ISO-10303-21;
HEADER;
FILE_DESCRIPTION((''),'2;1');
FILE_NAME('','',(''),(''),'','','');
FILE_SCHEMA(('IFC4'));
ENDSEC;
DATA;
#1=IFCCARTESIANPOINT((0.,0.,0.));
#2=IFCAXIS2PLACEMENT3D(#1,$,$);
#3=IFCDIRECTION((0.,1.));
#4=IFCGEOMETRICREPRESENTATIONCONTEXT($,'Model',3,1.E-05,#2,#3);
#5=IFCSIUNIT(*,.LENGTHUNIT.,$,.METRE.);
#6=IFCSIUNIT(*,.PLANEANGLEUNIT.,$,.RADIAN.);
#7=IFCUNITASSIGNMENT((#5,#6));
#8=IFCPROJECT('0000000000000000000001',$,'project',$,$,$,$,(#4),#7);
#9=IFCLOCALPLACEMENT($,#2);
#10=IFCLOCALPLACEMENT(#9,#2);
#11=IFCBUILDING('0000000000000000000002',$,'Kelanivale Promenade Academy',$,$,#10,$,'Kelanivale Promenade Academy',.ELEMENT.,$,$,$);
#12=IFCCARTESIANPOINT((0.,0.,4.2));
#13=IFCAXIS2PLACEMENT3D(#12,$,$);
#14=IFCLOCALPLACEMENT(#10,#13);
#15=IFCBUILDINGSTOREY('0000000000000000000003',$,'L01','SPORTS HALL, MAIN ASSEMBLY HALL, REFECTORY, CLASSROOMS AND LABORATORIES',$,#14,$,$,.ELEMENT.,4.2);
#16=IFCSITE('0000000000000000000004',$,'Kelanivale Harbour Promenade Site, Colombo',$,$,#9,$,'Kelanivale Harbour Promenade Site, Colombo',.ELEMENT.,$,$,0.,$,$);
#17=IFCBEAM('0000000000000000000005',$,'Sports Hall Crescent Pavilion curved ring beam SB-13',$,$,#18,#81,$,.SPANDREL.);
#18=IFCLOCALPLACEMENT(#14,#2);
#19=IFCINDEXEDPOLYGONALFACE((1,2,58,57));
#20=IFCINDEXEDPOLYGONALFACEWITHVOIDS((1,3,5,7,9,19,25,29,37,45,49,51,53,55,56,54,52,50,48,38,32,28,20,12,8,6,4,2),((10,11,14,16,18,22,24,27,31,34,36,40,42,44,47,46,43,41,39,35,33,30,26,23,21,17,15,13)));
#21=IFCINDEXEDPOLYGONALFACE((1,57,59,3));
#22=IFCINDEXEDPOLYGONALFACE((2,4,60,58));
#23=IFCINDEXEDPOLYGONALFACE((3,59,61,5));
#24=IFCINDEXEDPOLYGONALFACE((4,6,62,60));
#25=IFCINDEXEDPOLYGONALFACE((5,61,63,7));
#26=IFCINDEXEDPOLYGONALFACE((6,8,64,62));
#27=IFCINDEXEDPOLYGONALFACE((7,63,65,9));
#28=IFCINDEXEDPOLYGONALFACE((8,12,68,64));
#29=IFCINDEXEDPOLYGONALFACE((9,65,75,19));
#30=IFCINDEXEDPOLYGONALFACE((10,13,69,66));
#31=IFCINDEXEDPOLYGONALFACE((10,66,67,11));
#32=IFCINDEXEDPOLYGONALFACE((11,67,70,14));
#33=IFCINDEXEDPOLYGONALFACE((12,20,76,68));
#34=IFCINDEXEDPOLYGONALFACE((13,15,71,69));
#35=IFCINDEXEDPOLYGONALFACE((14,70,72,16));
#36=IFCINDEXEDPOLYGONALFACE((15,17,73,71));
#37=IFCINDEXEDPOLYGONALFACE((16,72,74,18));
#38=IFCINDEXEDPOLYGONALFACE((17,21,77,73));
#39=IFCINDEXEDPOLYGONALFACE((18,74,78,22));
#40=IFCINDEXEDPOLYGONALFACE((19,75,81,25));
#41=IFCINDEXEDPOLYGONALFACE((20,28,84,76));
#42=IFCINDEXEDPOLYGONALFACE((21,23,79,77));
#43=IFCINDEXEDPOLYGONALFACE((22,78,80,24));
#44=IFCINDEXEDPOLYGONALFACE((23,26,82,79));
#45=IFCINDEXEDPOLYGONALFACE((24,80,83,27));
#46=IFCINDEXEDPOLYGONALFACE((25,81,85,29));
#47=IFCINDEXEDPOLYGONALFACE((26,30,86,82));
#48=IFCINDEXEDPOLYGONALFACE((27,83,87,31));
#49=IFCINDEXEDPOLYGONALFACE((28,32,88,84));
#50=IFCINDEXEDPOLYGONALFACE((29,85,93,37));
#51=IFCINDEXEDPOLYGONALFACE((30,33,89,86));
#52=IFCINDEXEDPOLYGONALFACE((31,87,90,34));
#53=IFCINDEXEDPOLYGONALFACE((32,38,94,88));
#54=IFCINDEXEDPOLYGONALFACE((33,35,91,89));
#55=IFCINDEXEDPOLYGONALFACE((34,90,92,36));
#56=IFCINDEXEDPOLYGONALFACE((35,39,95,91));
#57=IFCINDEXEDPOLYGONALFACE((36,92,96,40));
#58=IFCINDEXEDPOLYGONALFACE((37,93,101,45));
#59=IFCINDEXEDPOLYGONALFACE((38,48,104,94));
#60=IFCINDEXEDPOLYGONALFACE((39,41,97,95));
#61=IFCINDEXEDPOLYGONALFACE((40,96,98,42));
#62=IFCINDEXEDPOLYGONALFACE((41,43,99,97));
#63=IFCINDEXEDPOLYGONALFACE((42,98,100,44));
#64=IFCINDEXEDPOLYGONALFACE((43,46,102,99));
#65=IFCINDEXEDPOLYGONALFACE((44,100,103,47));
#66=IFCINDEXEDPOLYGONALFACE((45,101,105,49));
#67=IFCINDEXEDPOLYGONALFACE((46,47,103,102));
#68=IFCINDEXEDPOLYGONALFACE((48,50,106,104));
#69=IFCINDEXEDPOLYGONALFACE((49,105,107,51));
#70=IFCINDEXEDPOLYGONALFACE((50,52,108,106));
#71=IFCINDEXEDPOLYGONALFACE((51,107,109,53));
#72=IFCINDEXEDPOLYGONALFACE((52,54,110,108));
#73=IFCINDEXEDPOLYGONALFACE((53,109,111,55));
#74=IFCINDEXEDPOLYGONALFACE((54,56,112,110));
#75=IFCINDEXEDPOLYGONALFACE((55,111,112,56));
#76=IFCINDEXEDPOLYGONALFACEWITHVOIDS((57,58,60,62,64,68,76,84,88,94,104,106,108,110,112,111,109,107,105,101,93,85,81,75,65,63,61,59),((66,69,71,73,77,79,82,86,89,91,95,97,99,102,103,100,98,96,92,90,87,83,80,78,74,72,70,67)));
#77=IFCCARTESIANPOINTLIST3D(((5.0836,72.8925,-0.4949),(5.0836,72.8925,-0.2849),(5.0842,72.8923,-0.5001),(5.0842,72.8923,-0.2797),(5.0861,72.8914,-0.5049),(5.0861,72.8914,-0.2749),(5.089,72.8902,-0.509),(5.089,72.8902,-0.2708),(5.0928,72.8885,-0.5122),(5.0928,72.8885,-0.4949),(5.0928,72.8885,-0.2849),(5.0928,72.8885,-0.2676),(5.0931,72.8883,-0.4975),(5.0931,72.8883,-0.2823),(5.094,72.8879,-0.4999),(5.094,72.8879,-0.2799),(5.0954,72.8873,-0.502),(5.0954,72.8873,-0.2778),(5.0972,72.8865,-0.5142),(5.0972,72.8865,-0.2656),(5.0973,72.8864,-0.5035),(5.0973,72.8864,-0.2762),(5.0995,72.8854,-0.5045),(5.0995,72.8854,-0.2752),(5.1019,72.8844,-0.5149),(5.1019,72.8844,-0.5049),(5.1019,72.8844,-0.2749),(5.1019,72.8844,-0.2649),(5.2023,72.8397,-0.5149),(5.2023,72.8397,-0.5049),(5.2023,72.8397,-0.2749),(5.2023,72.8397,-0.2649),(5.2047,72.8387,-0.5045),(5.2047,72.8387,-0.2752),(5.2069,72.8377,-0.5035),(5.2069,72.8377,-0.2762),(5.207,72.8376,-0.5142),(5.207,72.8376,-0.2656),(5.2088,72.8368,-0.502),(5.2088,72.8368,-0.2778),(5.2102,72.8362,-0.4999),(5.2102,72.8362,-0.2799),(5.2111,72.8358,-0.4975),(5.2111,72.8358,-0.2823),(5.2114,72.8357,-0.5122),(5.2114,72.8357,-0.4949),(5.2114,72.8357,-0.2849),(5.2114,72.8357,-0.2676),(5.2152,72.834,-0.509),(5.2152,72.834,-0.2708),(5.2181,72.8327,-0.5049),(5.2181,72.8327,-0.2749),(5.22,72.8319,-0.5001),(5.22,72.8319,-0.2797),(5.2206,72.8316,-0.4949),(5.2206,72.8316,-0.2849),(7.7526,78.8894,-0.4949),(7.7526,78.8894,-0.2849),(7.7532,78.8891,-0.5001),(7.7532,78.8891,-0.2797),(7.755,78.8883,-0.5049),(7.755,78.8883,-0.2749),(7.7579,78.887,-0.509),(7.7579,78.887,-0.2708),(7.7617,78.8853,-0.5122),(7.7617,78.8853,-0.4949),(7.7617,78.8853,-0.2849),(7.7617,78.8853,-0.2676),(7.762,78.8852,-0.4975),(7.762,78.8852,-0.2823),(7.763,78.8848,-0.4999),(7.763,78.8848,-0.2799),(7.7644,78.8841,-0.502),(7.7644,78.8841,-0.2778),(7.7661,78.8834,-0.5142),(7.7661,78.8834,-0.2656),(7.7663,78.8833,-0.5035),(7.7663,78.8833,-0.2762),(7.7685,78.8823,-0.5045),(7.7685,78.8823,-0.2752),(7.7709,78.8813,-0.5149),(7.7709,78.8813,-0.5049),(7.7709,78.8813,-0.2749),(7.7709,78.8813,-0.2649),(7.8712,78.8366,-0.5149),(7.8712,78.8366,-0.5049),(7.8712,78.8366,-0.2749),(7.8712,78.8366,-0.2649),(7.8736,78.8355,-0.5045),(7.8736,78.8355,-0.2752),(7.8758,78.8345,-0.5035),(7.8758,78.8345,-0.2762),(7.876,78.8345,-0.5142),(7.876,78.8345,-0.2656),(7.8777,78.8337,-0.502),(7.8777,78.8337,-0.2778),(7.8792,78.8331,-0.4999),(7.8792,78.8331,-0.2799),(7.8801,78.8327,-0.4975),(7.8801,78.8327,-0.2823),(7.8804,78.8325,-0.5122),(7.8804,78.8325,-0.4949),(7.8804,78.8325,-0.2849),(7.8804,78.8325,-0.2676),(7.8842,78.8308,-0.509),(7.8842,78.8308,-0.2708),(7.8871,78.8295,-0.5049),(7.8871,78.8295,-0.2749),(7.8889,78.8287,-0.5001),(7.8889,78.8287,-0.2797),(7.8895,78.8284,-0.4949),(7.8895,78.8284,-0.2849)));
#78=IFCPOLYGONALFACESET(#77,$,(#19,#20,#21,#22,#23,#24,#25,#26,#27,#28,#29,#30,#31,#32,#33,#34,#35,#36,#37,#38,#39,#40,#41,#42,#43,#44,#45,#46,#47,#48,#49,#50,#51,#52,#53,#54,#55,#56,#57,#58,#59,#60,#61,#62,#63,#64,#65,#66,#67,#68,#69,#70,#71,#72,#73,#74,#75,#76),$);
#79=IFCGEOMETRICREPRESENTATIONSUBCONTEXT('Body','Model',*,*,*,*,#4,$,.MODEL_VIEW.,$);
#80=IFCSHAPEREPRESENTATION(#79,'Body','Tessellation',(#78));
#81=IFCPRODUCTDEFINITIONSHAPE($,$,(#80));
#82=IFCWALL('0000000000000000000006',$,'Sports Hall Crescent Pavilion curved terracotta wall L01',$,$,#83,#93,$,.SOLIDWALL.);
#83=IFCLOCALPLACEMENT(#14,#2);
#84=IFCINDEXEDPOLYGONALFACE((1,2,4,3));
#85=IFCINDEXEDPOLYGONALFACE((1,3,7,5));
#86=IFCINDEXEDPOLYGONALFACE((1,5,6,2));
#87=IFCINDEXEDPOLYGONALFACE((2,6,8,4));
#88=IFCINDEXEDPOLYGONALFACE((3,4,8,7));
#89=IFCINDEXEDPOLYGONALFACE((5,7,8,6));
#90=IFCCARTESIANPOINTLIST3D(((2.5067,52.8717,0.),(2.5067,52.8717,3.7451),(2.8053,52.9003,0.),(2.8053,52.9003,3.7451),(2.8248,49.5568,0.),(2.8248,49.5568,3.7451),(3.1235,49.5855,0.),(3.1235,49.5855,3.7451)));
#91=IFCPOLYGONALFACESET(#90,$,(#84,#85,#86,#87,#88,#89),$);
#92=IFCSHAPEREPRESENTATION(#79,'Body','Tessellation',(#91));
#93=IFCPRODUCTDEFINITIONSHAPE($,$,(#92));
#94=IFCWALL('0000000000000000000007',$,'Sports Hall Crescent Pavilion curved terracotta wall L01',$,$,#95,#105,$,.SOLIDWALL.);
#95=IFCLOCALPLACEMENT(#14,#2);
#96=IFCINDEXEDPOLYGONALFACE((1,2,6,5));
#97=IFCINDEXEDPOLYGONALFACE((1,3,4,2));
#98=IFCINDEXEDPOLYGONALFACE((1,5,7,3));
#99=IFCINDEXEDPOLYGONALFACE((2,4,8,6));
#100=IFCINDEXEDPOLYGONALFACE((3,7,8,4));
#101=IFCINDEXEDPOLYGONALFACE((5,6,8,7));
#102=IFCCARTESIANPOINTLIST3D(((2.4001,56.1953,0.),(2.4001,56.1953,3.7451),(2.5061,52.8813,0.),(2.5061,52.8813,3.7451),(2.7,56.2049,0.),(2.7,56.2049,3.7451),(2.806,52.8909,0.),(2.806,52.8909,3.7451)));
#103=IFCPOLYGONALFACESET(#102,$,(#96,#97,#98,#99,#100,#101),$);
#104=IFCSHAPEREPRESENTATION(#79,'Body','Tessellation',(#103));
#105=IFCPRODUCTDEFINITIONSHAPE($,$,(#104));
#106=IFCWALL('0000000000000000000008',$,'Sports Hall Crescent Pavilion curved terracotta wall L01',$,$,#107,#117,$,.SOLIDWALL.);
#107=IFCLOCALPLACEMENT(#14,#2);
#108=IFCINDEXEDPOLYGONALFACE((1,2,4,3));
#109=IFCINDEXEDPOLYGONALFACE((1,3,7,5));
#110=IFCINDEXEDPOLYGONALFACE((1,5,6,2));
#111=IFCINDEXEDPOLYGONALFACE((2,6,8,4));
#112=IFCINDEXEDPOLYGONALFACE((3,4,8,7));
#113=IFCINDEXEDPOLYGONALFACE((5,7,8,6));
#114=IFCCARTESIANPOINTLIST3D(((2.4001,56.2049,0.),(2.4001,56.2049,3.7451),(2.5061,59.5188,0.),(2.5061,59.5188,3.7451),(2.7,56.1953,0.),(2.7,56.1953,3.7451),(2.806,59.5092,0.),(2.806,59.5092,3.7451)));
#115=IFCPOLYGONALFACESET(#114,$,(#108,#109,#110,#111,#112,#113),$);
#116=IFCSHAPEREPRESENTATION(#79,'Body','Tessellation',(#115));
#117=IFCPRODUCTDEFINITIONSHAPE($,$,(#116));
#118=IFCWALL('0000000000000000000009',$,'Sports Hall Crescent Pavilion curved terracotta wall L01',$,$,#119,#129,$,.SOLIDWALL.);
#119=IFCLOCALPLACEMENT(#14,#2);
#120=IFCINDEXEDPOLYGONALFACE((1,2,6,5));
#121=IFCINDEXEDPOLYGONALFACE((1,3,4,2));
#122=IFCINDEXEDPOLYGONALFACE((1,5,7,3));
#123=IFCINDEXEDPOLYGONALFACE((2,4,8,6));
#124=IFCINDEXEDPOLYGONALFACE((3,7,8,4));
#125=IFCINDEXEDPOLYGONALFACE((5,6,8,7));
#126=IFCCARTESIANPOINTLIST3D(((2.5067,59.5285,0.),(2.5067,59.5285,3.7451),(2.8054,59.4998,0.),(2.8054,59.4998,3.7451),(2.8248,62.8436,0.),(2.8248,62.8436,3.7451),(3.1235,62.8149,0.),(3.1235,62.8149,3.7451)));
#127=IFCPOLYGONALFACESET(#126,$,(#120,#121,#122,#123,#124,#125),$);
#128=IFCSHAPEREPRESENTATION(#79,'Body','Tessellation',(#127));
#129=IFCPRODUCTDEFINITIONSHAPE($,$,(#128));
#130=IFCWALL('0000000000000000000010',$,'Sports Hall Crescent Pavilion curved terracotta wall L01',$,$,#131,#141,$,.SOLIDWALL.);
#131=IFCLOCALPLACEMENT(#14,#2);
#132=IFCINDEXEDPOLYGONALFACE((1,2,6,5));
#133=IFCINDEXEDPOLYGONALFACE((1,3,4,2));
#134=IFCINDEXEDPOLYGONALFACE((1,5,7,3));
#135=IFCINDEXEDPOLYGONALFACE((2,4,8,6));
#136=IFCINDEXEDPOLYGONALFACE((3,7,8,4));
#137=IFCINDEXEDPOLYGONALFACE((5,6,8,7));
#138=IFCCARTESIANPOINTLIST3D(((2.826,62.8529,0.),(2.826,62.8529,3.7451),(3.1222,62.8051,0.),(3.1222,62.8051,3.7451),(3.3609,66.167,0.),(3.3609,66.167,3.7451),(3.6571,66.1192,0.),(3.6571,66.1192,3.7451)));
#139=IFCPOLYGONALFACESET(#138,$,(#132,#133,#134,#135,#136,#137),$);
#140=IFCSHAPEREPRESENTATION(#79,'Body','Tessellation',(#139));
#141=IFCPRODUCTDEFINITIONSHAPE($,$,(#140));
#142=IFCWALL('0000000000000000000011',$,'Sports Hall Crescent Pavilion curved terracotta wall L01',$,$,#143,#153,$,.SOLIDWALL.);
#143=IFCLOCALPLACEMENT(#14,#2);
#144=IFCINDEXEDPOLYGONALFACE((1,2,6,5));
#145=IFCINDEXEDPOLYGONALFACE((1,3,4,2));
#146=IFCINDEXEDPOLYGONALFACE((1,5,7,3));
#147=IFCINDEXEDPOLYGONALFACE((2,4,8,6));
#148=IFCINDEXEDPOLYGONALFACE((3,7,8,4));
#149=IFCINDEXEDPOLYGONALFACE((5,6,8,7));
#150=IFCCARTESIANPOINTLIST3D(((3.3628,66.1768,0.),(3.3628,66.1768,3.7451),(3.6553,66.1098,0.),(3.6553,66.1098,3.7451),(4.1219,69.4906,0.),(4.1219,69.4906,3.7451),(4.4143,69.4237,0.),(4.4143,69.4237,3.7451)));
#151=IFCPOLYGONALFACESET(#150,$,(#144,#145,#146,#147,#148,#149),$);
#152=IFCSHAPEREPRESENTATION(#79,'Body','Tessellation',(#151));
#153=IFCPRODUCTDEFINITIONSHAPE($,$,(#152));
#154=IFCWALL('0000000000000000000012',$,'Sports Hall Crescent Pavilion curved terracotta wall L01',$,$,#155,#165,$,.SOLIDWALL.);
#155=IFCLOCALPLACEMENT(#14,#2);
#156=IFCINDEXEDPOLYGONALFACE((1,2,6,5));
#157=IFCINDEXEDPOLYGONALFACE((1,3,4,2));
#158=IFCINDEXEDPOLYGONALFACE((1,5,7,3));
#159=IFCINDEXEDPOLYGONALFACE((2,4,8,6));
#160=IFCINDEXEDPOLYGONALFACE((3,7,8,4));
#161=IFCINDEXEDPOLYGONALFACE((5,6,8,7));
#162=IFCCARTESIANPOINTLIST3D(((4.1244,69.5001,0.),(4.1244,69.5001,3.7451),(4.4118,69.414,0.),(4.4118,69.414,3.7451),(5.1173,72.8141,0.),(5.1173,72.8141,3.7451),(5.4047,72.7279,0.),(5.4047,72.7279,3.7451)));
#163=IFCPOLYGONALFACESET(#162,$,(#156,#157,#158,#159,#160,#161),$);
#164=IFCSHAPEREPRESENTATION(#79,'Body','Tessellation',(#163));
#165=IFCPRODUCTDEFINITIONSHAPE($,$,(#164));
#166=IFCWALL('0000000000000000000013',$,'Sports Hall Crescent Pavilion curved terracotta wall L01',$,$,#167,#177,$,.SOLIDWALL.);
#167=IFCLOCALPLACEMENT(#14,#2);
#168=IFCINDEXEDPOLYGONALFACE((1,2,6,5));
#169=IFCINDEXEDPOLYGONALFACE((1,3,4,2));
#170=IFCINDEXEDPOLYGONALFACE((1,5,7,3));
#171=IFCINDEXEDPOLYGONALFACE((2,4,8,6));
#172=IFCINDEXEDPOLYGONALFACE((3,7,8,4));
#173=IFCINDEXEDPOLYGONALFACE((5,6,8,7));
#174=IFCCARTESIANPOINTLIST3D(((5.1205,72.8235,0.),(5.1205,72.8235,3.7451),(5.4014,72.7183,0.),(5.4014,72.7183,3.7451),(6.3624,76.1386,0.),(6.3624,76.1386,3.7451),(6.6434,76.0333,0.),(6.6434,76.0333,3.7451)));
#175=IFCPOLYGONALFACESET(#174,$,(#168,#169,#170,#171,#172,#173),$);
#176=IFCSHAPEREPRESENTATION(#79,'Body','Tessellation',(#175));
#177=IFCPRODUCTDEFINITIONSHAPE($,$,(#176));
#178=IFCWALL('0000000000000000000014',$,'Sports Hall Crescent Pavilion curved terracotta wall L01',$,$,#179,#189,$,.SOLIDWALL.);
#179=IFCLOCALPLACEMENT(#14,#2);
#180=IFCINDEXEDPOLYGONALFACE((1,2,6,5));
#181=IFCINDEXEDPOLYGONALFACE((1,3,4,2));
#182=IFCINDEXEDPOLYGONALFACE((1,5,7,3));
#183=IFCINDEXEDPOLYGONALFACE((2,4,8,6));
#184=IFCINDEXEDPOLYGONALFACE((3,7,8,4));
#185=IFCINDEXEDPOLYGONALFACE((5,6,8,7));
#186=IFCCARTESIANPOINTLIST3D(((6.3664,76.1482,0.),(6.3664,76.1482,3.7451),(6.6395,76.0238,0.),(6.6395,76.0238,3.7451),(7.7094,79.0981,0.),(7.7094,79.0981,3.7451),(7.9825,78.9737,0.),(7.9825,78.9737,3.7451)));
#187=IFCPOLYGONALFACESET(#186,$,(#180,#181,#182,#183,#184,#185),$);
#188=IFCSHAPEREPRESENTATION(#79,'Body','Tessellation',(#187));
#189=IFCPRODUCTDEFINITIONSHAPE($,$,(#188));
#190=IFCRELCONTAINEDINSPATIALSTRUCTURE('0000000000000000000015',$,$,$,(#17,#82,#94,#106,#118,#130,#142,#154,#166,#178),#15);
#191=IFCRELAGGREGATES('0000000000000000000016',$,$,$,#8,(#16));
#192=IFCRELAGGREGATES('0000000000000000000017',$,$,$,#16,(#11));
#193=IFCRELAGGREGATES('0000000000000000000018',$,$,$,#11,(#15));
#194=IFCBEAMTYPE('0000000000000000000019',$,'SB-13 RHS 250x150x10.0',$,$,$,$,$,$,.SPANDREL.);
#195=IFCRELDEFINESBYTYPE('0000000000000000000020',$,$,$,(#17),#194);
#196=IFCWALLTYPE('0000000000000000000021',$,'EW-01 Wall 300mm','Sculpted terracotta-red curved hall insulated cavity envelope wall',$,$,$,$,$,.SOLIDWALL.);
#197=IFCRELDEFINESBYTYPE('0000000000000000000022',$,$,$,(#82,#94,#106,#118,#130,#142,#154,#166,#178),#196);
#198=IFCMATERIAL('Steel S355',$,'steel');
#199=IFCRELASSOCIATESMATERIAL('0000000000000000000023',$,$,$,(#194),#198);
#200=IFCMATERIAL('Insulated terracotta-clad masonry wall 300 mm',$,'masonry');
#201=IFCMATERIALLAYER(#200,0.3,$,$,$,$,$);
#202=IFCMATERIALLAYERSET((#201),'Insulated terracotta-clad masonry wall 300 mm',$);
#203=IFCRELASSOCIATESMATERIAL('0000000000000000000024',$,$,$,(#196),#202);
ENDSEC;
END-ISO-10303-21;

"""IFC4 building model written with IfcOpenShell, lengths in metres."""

from ifc_helpers import new_model, si_unit, direction, frame, frame_2d, origin, origin_2d, place, context, subcontext, project, spatial, rectangle, hollow_rectangle, extrude, material, layer, layer_set, material_profile, profile_set, type_object, element, save


model = new_model("IFC4")

# Units and contexts
model_context = context("Model", 3, precision=1e-05, world=origin(), true_north=direction((0.0, 1.0)))
body_context = subcontext(model_context, "Body", "Model", "MODEL_VIEW")
ifc_project = project(units=[si_unit("LENGTHUNIT", "METRE"), si_unit("PLANEANGLEUNIT", "RADIAN")], contexts=[model_context])

# Site, building, storey
site_placement = place(None, origin())
site = spatial("IfcSite", under=ifc_project, at=site_placement, Name="Kelanivale Harbour Promenade Site, Colombo", LongName="Kelanivale Harbour Promenade Site, Colombo", CompositionType="ELEMENT", RefElevation=0.0)
building_placement = place(site_placement, origin())
building = spatial("IfcBuilding", under=site, at=building_placement, Name="Kelanivale Promenade Academy", LongName="Kelanivale Promenade Academy", CompositionType="ELEMENT")
storey_placement = place(building_placement, frame((0.0, 0.0, 4.2)))
storey = spatial("IfcBuildingStorey", under=building, at=storey_placement, Name="L01", Description="SPORTS HALL, MAIN ASSEMBLY HALL, REFECTORY, CLASSROOMS AND LABORATORIES", CompositionType="ELEMENT", Elevation=4.2)

# Shared definitions
ifc_material_1 = material(Name="Steel S355", Category="steel")

# Beam
ifc_material_profile_1 = material_profile(ifc_material_1, hollow_rectangle(XDim=0.1499, YDim=0.25, WallThickness=0.01, InnerFilletRadius=0.01, OuterFilletRadius=0.02, at=origin_2d()), Name="RHS 250x150x10.0")
ifc_profile_set_1 = profile_set([ifc_material_profile_1], Name="Steel S355")
beam_type_1 = type_object("IfcBeamType", Name="SB-13 RHS 250x150x10.0", PredefinedType="SPANDREL", material=ifc_profile_set_1)
beam_1_placement = place(storey_placement, frame((5.1521, 72.8621, -0.3899), z_axis=(0.406608, 0.913603, 0.0), x_axis=(-0.913603, 0.406608, 0.0)))
element("IfcBeam", 1, at=beam_1_placement, inside=storey, type_object=beam_type_1, Name="Sports Hall Crescent Pavilion curved ring beam SB-13", PredefinedType="SPANDREL", context=body_context, shape_type="SweptSolid", body=[
    extrude(hollow_rectangle(XDim=0.1499, YDim=0.25, WallThickness=0.01, InnerFilletRadius=0.01, OuterFilletRadius=0.02, at=origin_2d()), origin(), (0.0, 0.0, 1.0), 6.564),
])

# Walls
ifc_material_2 = material(Name="Insulated terracotta-clad masonry wall 300 mm", Category="masonry")
ifc_layer_1 = layer(ifc_material_2, 0.3)
ifc_layer_set_1 = layer_set([ifc_layer_1], Name="Insulated terracotta-clad masonry wall 300 mm")
wall_type = type_object("IfcWallType", Name="EW-01 Wall 300mm", Description="Sculpted terracotta-red curved hall insulated cavity envelope wall", PredefinedType="SOLIDWALL", material=ifc_layer_set_1)
wall_1_placement = place(storey_placement, frame((2.656, 52.886, 0.0), z_axis=(0.0, 0.0, 1.0), x_axis=(0.095525, -0.995427, 0.0)))
element("IfcWall", 2, at=wall_1_placement, inside=storey, type_object=wall_type, Name="Sports Hall Crescent Pavilion curved terracotta wall L01", PredefinedType="SOLIDWALL", context=body_context, shape_type="SweptSolid", body=[
    extrude(rectangle(XDim=3.3301, YDim=0.3, at=frame_2d((1.665, 0.0))), origin(), (0.0, 0.0, 1.0), 3.7451),
])
for number, where, z_axis, x_axis, name in (
    (3, (2.55, 56.2, 0.0), (0.0, 0.0, 1.0), (0.031957, -0.999489, 0.0), "Sports Hall Crescent Pavilion curved terracotta wall L01"),
    (4, (2.656, 59.5139, 0.0), (0.0, 0.0, 1.0), (-0.031957, -0.999489, 0.0), "Sports Hall Crescent Pavilion curved terracotta wall L01"),
):
    element("IfcWall", number, at=place(storey_placement, frame(where, z_axis=z_axis, x_axis=x_axis)), inside=storey, type_object=wall_type, Name=name, PredefinedType="SOLIDWALL", context=body_context, shape_type="SweptSolid", body=[
        extrude(rectangle(XDim=3.3157, YDim=0.3, at=frame_2d((1.6577, 0.0))), origin(), (0.0, 0.0, 1.0), 3.7451),
    ])
wall_2_placement = place(storey_placement, frame((2.9741, 62.8291, 0.0), z_axis=(0.0, 0.0, 1.0), x_axis=(-0.095518, -0.995428, 0.0)))
element("IfcWall", 5, at=wall_2_placement, inside=storey, type_object=wall_type, Name="Sports Hall Crescent Pavilion curved terracotta wall L01", PredefinedType="SOLIDWALL", context=body_context, shape_type="SweptSolid", body=[
    extrude(rectangle(XDim=3.3303, YDim=0.3, at=frame_2d((1.665, 0.0))), origin(), (0.0, 0.0, 1.0), 3.7451),
])
wall_3_placement = place(storey_placement, frame((3.509, 66.1431, 0.0), z_axis=(0.0, 0.0, 1.0), x_axis=(-0.159349, -0.987222, 0.0)))
element("IfcWall", 6, at=wall_3_placement, inside=storey, type_object=wall_type, Name="Sports Hall Crescent Pavilion curved terracotta wall L01", PredefinedType="SOLIDWALL", context=body_context, shape_type="SweptSolid", body=[
    extrude(rectangle(XDim=3.3569, YDim=0.3, at=frame_2d((1.6785, 0.0))), origin(), (0.0, 0.0, 1.0), 3.7451),
])
wall_4_placement = place(storey_placement, frame((4.2681, 69.457, 0.0), z_axis=(0.0, 0.0, 1.0), x_axis=(-0.22326, -0.974759, 0.0)))
element("IfcWall", 7, at=wall_4_placement, inside=storey, type_object=wall_type, Name="Sports Hall Crescent Pavilion curved terracotta wall L01", PredefinedType="SOLIDWALL", context=body_context, shape_type="SweptSolid", body=[
    extrude(rectangle(XDim=3.3997, YDim=0.3, at=frame_2d((1.6997, 0.0))), origin(), (0.0, 0.0, 1.0), 3.7451),
])
wall_5_placement = place(storey_placement, frame((5.261, 72.771, 0.0), z_axis=(0.0, 0.0, 1.0), x_axis=(-0.287011, -0.957927, 0.0)))
element("IfcWall", 8, at=wall_5_placement, inside=storey, type_object=wall_type, Name="Sports Hall Crescent Pavilion curved terracotta wall L01", PredefinedType="SOLIDWALL", context=body_context, shape_type="SweptSolid", body=[
    extrude(rectangle(XDim=3.4595, YDim=0.3, at=frame_2d((1.7297, 0.0))), origin(), (0.0, 0.0, 1.0), 3.7451),
])
wall_6_placement = place(storey_placement, frame((6.5029, 76.0859, 0.0), z_axis=(0.0, 0.0, 1.0), x_axis=(-0.350836, -0.936437, 0.0)))
element("IfcWall", 9, at=wall_6_placement, inside=storey, type_object=wall_type, Name="Sports Hall Crescent Pavilion curved terracotta wall L01", PredefinedType="SOLIDWALL", context=body_context, shape_type="SweptSolid", body=[
    extrude(rectangle(XDim=3.54, YDim=0.3, at=frame_2d((1.77, 0.0))), origin(), (0.0, 0.0, 1.0), 3.7451),
])
wall_7_placement = place(storey_placement, frame((7.8459, 79.0359, 0.0), z_axis=(0.0, 0.0, 1.0), x_axis=(-0.414348, -0.910119, 0.0)))
element("IfcWall", 10, at=wall_7_placement, inside=storey, type_object=wall_type, Name="Sports Hall Crescent Pavilion curved terracotta wall L01", PredefinedType="SOLIDWALL", context=body_context, shape_type="SweptSolid", body=[
    extrude(rectangle(XDim=3.2412, YDim=0.3, at=frame_2d((1.6206, 0.0))), origin(), (0.0, 0.0, 1.0), 3.7451),
])

save(model, "model.ifc")
